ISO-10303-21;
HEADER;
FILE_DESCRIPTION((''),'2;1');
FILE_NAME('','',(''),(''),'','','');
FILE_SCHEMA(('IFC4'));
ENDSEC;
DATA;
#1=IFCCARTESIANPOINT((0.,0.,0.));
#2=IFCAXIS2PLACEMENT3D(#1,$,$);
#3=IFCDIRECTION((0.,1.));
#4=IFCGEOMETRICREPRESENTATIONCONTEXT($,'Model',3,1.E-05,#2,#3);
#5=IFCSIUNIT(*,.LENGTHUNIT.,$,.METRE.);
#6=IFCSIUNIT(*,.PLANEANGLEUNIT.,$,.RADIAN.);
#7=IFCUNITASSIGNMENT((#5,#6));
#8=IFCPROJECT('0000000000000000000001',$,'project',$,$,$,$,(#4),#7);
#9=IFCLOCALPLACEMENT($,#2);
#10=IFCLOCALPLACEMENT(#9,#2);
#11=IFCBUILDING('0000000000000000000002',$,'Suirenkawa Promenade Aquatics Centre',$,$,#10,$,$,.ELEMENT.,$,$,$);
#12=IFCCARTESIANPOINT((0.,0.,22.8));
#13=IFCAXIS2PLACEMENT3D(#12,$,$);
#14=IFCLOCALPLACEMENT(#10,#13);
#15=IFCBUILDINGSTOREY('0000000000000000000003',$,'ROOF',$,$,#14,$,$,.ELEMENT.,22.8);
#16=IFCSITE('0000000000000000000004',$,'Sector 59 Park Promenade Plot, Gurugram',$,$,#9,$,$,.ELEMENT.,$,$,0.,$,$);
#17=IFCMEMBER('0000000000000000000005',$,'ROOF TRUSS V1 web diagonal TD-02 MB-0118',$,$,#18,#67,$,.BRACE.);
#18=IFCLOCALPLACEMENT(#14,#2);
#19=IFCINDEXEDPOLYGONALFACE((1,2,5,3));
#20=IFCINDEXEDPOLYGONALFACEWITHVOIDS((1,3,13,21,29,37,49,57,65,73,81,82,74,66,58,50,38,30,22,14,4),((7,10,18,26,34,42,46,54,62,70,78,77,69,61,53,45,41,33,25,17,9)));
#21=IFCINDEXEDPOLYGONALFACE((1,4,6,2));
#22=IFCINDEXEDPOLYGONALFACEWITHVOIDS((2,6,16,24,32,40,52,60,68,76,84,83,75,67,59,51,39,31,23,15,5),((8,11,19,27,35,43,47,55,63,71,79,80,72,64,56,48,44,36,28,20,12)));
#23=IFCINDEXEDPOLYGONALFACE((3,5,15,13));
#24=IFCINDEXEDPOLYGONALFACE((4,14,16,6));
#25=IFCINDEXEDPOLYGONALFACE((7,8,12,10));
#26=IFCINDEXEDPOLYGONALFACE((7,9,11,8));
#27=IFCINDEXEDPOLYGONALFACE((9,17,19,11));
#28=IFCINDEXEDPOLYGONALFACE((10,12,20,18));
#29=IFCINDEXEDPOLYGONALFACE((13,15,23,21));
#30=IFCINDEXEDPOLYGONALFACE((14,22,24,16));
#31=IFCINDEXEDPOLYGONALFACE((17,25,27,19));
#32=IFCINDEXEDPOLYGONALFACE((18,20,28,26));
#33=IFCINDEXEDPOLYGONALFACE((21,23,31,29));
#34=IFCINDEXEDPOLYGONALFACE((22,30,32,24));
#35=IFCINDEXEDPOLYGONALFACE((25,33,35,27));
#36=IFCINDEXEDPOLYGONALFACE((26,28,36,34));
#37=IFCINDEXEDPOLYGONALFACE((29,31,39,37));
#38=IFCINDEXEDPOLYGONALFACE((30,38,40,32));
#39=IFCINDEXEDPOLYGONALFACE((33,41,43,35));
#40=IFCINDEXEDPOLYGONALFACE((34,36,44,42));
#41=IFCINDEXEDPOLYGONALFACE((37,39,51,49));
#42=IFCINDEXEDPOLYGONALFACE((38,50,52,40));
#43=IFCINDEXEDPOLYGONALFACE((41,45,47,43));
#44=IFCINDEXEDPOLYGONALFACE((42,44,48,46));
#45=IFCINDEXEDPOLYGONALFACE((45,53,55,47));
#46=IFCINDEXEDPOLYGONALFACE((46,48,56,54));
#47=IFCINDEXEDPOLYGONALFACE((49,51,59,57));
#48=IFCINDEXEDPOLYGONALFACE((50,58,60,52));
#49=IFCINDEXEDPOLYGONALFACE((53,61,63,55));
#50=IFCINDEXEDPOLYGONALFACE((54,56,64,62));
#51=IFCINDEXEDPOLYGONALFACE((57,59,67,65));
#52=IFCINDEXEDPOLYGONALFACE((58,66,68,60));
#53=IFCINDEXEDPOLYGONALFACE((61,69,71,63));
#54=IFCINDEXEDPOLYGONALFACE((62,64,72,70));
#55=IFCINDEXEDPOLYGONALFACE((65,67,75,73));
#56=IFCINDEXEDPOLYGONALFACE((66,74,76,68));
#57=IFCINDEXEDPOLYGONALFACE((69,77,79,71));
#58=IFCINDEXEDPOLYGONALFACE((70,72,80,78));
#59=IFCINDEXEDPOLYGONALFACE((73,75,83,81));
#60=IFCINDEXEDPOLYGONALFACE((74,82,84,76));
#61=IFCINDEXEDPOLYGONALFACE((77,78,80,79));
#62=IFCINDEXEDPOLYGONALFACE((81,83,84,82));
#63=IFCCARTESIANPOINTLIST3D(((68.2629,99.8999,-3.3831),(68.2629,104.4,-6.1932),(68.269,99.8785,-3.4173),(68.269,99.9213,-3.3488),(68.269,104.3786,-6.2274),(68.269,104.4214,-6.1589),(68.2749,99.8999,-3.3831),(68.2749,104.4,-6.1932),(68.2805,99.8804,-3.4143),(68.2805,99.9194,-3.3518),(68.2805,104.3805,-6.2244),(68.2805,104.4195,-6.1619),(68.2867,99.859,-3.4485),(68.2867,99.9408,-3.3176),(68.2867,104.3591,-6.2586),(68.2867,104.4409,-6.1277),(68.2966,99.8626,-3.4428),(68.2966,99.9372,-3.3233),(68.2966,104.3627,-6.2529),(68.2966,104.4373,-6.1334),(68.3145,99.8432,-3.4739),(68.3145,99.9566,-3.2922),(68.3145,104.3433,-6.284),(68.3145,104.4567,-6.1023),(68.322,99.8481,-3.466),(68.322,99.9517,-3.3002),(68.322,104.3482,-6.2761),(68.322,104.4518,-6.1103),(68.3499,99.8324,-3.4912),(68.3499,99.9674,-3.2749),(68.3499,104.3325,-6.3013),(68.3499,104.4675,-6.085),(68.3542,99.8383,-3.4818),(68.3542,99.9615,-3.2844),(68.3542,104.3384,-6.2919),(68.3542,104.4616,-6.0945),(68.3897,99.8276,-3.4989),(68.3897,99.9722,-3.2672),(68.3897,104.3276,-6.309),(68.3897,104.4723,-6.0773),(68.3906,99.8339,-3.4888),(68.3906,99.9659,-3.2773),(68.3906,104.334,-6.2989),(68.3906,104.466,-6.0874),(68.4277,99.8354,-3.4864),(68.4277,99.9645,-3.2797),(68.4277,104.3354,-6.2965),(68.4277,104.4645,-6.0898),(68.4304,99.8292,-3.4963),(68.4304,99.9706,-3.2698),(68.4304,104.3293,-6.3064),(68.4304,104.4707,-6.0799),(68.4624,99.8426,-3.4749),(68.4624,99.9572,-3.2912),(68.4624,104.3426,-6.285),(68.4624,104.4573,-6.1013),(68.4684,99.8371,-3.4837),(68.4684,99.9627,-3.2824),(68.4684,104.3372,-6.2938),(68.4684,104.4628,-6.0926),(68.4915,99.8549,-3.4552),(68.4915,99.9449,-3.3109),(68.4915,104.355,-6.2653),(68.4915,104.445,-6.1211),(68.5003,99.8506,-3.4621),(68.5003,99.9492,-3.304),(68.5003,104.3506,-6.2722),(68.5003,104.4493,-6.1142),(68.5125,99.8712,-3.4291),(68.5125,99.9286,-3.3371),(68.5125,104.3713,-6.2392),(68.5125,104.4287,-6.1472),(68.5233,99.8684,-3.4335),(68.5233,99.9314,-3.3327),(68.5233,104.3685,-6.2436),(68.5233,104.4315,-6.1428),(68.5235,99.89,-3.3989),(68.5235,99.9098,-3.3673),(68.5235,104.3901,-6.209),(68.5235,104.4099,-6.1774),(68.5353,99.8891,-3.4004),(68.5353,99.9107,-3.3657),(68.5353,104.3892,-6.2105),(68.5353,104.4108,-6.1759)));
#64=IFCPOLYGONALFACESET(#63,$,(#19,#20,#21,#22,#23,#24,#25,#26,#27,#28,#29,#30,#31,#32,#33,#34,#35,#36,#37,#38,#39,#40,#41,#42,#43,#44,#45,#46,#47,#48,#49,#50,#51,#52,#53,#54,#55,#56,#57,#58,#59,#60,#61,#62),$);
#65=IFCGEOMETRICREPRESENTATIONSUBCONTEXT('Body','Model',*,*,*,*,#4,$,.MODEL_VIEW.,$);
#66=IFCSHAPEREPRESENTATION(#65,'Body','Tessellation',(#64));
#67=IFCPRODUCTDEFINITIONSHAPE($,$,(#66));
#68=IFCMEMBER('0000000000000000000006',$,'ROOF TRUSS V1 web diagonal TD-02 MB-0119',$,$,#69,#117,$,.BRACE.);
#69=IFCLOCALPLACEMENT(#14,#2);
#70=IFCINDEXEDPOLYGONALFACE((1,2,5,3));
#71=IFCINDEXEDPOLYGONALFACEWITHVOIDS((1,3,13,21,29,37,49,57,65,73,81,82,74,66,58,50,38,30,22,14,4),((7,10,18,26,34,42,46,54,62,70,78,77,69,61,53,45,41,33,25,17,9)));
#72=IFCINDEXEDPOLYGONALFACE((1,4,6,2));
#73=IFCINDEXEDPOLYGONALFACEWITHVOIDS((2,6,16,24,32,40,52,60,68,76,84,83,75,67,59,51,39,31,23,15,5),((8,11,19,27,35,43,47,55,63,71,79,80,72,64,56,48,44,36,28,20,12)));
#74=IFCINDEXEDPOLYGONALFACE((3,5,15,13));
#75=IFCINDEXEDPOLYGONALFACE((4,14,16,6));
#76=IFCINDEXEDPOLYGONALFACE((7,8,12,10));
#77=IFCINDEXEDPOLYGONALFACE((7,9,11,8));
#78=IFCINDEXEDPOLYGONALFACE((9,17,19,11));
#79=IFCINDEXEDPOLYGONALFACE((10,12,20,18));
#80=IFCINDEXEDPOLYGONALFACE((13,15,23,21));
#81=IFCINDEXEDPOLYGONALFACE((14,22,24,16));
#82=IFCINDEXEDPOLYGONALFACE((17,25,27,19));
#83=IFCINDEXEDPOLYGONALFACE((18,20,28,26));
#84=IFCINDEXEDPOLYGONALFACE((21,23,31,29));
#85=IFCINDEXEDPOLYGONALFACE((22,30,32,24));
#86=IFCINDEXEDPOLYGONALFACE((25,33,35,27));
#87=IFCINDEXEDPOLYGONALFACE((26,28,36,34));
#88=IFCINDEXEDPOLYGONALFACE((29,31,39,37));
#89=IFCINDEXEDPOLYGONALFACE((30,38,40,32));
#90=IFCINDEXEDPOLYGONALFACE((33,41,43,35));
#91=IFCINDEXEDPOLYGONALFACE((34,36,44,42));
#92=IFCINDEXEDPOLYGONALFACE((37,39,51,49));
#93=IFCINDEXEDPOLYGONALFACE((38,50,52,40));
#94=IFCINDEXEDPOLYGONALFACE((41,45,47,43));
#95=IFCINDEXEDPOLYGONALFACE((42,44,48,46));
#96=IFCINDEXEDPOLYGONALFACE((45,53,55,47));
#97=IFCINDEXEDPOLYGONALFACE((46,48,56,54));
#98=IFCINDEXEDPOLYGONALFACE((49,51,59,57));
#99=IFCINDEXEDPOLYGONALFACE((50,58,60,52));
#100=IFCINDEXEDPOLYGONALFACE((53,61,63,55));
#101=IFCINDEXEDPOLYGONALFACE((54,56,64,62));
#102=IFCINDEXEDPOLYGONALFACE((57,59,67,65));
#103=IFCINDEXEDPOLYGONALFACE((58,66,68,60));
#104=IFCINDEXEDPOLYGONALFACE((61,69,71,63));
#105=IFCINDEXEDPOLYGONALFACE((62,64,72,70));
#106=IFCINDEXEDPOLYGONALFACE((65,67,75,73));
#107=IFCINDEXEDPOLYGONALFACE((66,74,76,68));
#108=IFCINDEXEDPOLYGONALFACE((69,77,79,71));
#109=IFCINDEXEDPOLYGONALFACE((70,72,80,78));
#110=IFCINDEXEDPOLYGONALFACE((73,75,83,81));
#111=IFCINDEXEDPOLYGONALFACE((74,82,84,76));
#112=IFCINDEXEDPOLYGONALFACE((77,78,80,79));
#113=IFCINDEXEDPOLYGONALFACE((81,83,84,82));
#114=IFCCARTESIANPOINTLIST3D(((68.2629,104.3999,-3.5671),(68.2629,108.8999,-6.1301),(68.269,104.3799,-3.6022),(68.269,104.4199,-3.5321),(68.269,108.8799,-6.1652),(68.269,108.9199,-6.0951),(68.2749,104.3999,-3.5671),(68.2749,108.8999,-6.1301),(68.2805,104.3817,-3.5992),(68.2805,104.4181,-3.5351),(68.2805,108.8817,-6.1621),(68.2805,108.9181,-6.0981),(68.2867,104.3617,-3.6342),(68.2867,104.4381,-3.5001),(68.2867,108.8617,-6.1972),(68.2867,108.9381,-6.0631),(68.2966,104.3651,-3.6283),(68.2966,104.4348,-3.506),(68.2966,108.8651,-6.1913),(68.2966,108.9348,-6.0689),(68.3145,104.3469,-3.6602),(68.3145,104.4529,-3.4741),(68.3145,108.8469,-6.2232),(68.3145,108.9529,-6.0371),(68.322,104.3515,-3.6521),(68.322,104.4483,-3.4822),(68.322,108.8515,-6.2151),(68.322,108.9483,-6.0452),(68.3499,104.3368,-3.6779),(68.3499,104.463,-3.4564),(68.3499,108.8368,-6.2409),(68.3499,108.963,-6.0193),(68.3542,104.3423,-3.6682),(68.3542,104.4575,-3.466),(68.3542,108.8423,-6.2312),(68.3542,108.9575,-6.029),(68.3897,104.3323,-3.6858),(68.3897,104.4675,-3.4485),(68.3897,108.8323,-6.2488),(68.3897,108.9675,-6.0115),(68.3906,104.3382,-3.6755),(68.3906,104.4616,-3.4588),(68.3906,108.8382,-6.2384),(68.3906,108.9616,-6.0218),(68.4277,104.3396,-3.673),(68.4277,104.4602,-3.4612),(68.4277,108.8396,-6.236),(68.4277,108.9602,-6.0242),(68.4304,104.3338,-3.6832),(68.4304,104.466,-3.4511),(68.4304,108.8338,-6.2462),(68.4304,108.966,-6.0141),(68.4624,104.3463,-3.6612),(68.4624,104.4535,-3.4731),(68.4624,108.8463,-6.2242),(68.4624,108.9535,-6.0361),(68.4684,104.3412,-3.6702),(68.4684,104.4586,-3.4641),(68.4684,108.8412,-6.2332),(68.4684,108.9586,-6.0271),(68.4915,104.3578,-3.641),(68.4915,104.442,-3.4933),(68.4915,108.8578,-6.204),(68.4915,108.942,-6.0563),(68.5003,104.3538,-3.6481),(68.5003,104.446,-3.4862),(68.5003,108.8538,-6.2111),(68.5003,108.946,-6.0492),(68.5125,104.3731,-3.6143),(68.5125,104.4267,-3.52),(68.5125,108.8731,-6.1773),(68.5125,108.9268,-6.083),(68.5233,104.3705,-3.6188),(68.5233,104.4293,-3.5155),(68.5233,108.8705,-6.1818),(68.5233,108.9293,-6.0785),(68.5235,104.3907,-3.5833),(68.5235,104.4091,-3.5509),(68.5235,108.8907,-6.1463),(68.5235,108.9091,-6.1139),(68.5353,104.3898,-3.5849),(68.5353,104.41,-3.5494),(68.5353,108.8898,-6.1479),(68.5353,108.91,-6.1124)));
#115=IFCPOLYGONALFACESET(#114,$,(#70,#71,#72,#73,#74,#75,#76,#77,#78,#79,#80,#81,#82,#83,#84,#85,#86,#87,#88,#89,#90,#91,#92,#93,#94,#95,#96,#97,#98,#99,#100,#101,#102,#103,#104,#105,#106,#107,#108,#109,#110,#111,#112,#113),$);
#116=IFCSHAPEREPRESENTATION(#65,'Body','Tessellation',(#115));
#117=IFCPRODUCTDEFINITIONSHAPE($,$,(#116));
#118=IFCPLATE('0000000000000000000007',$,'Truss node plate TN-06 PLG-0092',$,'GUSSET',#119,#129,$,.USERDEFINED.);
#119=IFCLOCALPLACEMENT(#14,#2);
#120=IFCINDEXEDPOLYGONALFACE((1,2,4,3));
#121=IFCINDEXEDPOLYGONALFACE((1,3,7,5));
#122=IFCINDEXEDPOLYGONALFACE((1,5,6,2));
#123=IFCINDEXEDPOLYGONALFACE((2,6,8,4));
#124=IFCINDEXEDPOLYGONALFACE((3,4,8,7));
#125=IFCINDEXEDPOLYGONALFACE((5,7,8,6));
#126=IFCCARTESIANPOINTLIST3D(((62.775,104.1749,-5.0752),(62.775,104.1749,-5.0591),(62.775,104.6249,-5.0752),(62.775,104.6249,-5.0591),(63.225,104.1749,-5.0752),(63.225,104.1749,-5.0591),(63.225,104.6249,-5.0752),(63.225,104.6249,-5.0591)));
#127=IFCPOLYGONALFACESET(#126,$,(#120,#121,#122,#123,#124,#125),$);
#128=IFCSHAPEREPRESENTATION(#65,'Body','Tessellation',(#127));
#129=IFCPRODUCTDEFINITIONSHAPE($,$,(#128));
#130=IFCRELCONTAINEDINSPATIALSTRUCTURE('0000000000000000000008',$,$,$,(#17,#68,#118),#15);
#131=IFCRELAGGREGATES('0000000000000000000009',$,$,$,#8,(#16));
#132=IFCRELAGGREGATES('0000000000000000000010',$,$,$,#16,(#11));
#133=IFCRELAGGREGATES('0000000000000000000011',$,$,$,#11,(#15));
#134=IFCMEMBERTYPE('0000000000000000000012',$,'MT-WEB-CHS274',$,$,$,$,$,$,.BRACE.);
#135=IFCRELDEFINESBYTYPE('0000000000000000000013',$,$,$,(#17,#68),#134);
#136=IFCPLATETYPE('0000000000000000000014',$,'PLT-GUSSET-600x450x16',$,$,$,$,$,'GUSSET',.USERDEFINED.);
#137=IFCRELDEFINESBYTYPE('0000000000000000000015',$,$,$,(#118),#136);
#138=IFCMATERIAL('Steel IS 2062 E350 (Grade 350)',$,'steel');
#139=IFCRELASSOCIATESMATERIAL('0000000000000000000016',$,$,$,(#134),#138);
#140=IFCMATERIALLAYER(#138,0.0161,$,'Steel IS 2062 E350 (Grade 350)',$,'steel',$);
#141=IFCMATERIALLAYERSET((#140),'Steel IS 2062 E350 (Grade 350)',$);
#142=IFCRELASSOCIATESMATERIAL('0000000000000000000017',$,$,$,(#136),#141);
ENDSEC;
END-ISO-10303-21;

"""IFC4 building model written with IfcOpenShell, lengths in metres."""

from ifc_helpers import new_model, si_unit, direction, frame, origin, origin_2d, place, context, subcontext, project, spatial, rectangle, hollow_circle, extrude, material, layer, layer_set, material_profile, profile_set, type_object, element, save


model = new_model("IFC4")

# Units and contexts
model_context = context("Model", 3, precision=1e-05, world=origin(), true_north=direction((0.0, 1.0)))
body_context = subcontext(model_context, "Body", "Model", "MODEL_VIEW")
ifc_project = project(units=[si_unit("LENGTHUNIT", "METRE"), si_unit("PLANEANGLEUNIT", "RADIAN")], contexts=[model_context])

# Site, building, storey
site_placement = place(None, origin())
site = spatial("IfcSite", under=ifc_project, at=site_placement, Name="Sector 59 Park Promenade Plot, Gurugram", CompositionType="ELEMENT", RefElevation=0.0)
building_placement = place(site_placement, origin())
building = spatial("IfcBuilding", under=site, at=building_placement, Name="Suirenkawa Promenade Aquatics Centre", CompositionType="ELEMENT")
storey_placement = place(building_placement, frame((0.0, 0.0, 22.8)))
storey = spatial("IfcBuildingStorey", under=building, at=storey_placement, Name="ROOF", CompositionType="ELEMENT", Elevation=22.8)

# Shared definitions
ifc_material = material(Name="Steel IS 2062 E350 (Grade 350)", Category="steel")

# Members
ifc_material_profile_1 = material_profile(ifc_material, hollow_circle(Radius=0.137, WallThickness=0.012, at=origin_2d()), Name="CHS 274x12", Category="steel")
ifc_profile_set_1 = profile_set([ifc_material_profile_1], Name="Steel IS 2062 E350 (Grade 350)")
member_type_1 = type_object("IfcMemberType", Name="MT-WEB-CHS274", PredefinedType="BRACE", material=ifc_profile_set_1)
member_1_placement = place(storey_placement, frame((68.3999, 99.8999, -3.3831), z_axis=(0.0, 0.848205, -0.529668), x_axis=(-1.0, 0.0, 0.0)))
element("IfcMember", 1, at=member_1_placement, inside=storey, type_object=member_type_1, Name="ROOF TRUSS V1 web diagonal TD-02 MB-0118", PredefinedType="BRACE", context=body_context, shape_type="SweptSolid", body=[
    extrude(hollow_circle(Radius=0.137, WallThickness=0.012, at=origin_2d()), origin(), (0.0, 0.0, 1.0), 5.3054),
])
member_2_placement = place(storey_placement, frame((68.3999, 104.3999, -3.5671), z_axis=(0.0, 0.868944, -0.49491), x_axis=(-1.0, 0.0, 0.0)))
element("IfcMember", 2, at=member_2_placement, inside=storey, type_object=member_type_1, Name="ROOF TRUSS V1 web diagonal TD-02 MB-0119", PredefinedType="BRACE", context=body_context, shape_type="SweptSolid", body=[
    extrude(hollow_circle(Radius=0.137, WallThickness=0.012, at=origin_2d()), origin(), (0.0, 0.0, 1.0), 5.1787),
])

# Plate
ifc_layer = layer(ifc_material, 0.0161, Name="Steel IS 2062 E350 (Grade 350)", Category="steel")
ifc_layer_set = layer_set([ifc_layer], Name="Steel IS 2062 E350 (Grade 350)")
plate_type = type_object("IfcPlateType", Name="PLT-GUSSET-600x450x16", ElementType="GUSSET", PredefinedType="USERDEFINED", material=ifc_layer_set)
plate_placement = place(storey_placement, frame((63.0, 104.3999, -5.0752), z_axis=(0.0, 0.0, 1.0), x_axis=(1.0, 0.0, 0.0)))
element("IfcPlate", 3, at=plate_placement, inside=storey, type_object=plate_type, Name="Truss node plate TN-06 PLG-0092", ObjectType="GUSSET", PredefinedType="USERDEFINED", context=body_context, shape_type="SweptSolid", body=[
    extrude(rectangle(XDim=0.45, YDim=0.45, at=origin_2d()), origin(), (0.0, 0.0, 1.0), 0.0161),
])

save(model, "model.ifc")
